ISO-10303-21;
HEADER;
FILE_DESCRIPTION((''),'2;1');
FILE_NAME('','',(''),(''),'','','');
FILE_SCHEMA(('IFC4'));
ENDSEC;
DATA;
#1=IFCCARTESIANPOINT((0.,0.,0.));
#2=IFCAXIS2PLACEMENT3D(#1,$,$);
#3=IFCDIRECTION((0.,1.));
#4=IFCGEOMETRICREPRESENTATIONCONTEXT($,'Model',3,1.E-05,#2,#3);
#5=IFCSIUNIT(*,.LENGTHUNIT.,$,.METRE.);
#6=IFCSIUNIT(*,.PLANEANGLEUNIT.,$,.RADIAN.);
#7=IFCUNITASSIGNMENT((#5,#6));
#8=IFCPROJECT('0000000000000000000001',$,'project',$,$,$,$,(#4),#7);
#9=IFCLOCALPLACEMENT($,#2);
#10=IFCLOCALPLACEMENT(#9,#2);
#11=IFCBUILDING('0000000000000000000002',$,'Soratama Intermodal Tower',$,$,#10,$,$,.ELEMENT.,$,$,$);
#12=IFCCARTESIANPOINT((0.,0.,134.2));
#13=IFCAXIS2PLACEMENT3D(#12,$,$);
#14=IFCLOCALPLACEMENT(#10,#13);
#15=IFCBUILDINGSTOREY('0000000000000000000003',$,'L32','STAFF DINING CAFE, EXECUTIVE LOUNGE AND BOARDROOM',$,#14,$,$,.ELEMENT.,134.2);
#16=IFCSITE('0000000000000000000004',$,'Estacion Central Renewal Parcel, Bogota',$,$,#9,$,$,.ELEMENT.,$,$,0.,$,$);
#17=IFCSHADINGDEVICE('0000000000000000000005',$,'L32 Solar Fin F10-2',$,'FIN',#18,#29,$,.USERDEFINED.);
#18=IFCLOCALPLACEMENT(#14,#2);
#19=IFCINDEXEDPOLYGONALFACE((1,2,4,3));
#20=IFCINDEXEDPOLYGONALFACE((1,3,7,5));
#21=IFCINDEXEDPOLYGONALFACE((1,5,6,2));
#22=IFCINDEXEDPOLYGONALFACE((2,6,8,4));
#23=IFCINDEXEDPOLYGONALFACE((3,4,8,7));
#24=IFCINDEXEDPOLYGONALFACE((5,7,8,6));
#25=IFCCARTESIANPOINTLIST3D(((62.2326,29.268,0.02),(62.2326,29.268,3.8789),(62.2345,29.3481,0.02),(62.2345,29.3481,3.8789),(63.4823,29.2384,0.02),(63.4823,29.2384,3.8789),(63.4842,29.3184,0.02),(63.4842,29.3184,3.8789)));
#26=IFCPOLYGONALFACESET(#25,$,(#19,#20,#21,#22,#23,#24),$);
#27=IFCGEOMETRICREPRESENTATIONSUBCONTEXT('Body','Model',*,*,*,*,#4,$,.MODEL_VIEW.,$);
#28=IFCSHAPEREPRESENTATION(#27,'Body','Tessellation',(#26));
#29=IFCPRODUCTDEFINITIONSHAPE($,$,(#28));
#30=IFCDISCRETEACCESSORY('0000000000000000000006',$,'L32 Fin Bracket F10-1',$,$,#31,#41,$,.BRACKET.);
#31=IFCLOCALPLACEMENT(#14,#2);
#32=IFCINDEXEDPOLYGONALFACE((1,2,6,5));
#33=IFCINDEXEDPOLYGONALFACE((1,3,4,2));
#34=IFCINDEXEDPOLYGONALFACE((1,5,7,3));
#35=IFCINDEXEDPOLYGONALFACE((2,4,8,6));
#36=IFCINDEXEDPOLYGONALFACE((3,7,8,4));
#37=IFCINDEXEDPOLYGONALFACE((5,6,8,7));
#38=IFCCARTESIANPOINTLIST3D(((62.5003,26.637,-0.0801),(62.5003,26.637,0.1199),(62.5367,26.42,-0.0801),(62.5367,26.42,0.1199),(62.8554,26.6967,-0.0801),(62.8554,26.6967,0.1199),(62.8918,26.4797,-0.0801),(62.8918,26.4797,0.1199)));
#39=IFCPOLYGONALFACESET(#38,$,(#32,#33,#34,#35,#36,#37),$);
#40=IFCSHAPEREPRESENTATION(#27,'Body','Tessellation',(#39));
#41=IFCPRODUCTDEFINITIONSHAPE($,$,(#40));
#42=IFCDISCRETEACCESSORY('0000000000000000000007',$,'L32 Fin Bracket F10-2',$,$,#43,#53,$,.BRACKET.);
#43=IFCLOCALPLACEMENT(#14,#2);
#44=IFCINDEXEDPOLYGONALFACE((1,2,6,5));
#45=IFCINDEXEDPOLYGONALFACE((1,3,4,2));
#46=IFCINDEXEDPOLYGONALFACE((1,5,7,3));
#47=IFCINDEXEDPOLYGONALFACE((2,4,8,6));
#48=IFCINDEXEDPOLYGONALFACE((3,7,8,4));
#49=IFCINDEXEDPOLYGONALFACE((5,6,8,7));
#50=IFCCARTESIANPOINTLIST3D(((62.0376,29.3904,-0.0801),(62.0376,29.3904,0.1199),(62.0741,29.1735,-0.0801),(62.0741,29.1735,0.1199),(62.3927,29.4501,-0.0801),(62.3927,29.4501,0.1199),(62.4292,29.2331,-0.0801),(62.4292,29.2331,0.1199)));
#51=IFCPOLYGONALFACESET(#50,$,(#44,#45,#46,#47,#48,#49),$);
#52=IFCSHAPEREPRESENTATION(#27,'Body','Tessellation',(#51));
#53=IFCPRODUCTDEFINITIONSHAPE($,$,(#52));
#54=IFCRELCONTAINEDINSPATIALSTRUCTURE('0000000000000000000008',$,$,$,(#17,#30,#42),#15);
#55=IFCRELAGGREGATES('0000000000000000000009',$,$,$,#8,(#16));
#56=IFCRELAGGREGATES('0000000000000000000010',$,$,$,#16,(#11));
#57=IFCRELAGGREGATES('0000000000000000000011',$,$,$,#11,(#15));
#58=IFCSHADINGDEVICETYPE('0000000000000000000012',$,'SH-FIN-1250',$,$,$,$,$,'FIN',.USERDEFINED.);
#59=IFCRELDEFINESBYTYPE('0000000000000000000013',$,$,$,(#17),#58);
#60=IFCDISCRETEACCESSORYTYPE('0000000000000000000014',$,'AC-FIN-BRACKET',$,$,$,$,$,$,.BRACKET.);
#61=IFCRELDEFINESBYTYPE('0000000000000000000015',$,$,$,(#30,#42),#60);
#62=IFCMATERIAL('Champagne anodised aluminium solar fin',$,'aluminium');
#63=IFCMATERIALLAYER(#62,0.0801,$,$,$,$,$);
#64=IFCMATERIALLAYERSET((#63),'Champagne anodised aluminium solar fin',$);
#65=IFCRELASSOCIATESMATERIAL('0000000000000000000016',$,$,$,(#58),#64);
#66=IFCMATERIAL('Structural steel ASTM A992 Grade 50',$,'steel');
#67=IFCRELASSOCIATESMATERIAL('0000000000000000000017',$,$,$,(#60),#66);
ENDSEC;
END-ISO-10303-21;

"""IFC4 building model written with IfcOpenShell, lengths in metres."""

from ifc_helpers import new_model, si_unit, direction, frame, origin, origin_2d, place, context, subcontext, project, spatial, rectangle, extrude, material, layer, layer_set, type_object, element, save


model = new_model("IFC4")

# Units and contexts
model_context = context("Model", 3, precision=1e-05, world=origin(), true_north=direction((0.0, 1.0)))
body_context = subcontext(model_context, "Body", "Model", "MODEL_VIEW")
ifc_project = project(units=[si_unit("LENGTHUNIT", "METRE"), si_unit("PLANEANGLEUNIT", "RADIAN")], contexts=[model_context])

# Site, building, storey
site_placement = place(None, origin())
site = spatial("IfcSite", under=ifc_project, at=site_placement, Name="Estacion Central Renewal Parcel, Bogota", CompositionType="ELEMENT", RefElevation=0.0)
building_placement = place(site_placement, origin())
building = spatial("IfcBuilding", under=site, at=building_placement, Name="Soratama Intermodal Tower", CompositionType="ELEMENT")
storey_placement = place(building_placement, frame((0.0, 0.0, 134.2)))
storey = spatial("IfcBuildingStorey", under=building, at=storey_placement, Name="L32", Description="STAFF DINING CAFE, EXECUTIVE LOUNGE AND BOARDROOM", CompositionType="ELEMENT", Elevation=134.2)

# Shading device
ifc_material_1 = material(Name="Champagne anodised aluminium solar fin", Category="aluminium")
ifc_layer_1 = layer(ifc_material_1, 0.0801)
ifc_layer_set_1 = layer_set([ifc_layer_1], Name="Champagne anodised aluminium solar fin")
shading_device_type = type_object("IfcShadingDeviceType", Name="SH-FIN-1250", ElementType="FIN", PredefinedType="USERDEFINED", material=ifc_layer_set_1)
for number, where, z_axis, x_axis, name in (
    (1, (62.8584, 29.2932, 0.02), (0.0, 0.0, 1.0), (0.999718, -0.023734, 0.0), "L32 Solar Fin F10-2"),
):
    element("IfcShadingDevice", number, at=place(storey_placement, frame(where, z_axis=z_axis, x_axis=x_axis)), inside=storey, type_object=shading_device_type, Name=name, ObjectType="FIN", PredefinedType="USERDEFINED", context=body_context, shape_type="SweptSolid", body=[
        extrude(rectangle(XDim=1.25, YDim=0.0801, at=origin_2d()), origin(), (0.0, 0.0, 1.0), 3.8589),
    ])

# Discrete accessories
ifc_material_2 = material(Name="Structural steel ASTM A992 Grade 50", Category="steel")
discrete_accessory_type = type_object("IfcDiscreteAccessoryType", Name="AC-FIN-BRACKET", PredefinedType="BRACKET", material=ifc_material_2)
for number, where, z_axis, x_axis, name in (
    (2, (62.696, 26.5583, -0.0801), (0.0, 0.0, 1.0), (0.98617, 0.165736, 0.0), "L32 Fin Bracket F10-1"),
    (3, (62.2334, 29.3118, -0.0801), (0.0, 0.0, 1.0), (0.98617, 0.165736, 0.0), "L32 Fin Bracket F10-2"),
):
    element("IfcDiscreteAccessory", number, at=place(storey_placement, frame(where, z_axis=z_axis, x_axis=x_axis)), inside=storey, type_object=discrete_accessory_type, Name=name, PredefinedType="BRACKET", context=body_context, shape_type="SweptSolid", body=[
        extrude(rectangle(XDim=0.3601, YDim=0.22, at=origin_2d()), origin(), (0.0, 0.0, 1.0), 0.2),
    ])

save(model, "model.ifc")
